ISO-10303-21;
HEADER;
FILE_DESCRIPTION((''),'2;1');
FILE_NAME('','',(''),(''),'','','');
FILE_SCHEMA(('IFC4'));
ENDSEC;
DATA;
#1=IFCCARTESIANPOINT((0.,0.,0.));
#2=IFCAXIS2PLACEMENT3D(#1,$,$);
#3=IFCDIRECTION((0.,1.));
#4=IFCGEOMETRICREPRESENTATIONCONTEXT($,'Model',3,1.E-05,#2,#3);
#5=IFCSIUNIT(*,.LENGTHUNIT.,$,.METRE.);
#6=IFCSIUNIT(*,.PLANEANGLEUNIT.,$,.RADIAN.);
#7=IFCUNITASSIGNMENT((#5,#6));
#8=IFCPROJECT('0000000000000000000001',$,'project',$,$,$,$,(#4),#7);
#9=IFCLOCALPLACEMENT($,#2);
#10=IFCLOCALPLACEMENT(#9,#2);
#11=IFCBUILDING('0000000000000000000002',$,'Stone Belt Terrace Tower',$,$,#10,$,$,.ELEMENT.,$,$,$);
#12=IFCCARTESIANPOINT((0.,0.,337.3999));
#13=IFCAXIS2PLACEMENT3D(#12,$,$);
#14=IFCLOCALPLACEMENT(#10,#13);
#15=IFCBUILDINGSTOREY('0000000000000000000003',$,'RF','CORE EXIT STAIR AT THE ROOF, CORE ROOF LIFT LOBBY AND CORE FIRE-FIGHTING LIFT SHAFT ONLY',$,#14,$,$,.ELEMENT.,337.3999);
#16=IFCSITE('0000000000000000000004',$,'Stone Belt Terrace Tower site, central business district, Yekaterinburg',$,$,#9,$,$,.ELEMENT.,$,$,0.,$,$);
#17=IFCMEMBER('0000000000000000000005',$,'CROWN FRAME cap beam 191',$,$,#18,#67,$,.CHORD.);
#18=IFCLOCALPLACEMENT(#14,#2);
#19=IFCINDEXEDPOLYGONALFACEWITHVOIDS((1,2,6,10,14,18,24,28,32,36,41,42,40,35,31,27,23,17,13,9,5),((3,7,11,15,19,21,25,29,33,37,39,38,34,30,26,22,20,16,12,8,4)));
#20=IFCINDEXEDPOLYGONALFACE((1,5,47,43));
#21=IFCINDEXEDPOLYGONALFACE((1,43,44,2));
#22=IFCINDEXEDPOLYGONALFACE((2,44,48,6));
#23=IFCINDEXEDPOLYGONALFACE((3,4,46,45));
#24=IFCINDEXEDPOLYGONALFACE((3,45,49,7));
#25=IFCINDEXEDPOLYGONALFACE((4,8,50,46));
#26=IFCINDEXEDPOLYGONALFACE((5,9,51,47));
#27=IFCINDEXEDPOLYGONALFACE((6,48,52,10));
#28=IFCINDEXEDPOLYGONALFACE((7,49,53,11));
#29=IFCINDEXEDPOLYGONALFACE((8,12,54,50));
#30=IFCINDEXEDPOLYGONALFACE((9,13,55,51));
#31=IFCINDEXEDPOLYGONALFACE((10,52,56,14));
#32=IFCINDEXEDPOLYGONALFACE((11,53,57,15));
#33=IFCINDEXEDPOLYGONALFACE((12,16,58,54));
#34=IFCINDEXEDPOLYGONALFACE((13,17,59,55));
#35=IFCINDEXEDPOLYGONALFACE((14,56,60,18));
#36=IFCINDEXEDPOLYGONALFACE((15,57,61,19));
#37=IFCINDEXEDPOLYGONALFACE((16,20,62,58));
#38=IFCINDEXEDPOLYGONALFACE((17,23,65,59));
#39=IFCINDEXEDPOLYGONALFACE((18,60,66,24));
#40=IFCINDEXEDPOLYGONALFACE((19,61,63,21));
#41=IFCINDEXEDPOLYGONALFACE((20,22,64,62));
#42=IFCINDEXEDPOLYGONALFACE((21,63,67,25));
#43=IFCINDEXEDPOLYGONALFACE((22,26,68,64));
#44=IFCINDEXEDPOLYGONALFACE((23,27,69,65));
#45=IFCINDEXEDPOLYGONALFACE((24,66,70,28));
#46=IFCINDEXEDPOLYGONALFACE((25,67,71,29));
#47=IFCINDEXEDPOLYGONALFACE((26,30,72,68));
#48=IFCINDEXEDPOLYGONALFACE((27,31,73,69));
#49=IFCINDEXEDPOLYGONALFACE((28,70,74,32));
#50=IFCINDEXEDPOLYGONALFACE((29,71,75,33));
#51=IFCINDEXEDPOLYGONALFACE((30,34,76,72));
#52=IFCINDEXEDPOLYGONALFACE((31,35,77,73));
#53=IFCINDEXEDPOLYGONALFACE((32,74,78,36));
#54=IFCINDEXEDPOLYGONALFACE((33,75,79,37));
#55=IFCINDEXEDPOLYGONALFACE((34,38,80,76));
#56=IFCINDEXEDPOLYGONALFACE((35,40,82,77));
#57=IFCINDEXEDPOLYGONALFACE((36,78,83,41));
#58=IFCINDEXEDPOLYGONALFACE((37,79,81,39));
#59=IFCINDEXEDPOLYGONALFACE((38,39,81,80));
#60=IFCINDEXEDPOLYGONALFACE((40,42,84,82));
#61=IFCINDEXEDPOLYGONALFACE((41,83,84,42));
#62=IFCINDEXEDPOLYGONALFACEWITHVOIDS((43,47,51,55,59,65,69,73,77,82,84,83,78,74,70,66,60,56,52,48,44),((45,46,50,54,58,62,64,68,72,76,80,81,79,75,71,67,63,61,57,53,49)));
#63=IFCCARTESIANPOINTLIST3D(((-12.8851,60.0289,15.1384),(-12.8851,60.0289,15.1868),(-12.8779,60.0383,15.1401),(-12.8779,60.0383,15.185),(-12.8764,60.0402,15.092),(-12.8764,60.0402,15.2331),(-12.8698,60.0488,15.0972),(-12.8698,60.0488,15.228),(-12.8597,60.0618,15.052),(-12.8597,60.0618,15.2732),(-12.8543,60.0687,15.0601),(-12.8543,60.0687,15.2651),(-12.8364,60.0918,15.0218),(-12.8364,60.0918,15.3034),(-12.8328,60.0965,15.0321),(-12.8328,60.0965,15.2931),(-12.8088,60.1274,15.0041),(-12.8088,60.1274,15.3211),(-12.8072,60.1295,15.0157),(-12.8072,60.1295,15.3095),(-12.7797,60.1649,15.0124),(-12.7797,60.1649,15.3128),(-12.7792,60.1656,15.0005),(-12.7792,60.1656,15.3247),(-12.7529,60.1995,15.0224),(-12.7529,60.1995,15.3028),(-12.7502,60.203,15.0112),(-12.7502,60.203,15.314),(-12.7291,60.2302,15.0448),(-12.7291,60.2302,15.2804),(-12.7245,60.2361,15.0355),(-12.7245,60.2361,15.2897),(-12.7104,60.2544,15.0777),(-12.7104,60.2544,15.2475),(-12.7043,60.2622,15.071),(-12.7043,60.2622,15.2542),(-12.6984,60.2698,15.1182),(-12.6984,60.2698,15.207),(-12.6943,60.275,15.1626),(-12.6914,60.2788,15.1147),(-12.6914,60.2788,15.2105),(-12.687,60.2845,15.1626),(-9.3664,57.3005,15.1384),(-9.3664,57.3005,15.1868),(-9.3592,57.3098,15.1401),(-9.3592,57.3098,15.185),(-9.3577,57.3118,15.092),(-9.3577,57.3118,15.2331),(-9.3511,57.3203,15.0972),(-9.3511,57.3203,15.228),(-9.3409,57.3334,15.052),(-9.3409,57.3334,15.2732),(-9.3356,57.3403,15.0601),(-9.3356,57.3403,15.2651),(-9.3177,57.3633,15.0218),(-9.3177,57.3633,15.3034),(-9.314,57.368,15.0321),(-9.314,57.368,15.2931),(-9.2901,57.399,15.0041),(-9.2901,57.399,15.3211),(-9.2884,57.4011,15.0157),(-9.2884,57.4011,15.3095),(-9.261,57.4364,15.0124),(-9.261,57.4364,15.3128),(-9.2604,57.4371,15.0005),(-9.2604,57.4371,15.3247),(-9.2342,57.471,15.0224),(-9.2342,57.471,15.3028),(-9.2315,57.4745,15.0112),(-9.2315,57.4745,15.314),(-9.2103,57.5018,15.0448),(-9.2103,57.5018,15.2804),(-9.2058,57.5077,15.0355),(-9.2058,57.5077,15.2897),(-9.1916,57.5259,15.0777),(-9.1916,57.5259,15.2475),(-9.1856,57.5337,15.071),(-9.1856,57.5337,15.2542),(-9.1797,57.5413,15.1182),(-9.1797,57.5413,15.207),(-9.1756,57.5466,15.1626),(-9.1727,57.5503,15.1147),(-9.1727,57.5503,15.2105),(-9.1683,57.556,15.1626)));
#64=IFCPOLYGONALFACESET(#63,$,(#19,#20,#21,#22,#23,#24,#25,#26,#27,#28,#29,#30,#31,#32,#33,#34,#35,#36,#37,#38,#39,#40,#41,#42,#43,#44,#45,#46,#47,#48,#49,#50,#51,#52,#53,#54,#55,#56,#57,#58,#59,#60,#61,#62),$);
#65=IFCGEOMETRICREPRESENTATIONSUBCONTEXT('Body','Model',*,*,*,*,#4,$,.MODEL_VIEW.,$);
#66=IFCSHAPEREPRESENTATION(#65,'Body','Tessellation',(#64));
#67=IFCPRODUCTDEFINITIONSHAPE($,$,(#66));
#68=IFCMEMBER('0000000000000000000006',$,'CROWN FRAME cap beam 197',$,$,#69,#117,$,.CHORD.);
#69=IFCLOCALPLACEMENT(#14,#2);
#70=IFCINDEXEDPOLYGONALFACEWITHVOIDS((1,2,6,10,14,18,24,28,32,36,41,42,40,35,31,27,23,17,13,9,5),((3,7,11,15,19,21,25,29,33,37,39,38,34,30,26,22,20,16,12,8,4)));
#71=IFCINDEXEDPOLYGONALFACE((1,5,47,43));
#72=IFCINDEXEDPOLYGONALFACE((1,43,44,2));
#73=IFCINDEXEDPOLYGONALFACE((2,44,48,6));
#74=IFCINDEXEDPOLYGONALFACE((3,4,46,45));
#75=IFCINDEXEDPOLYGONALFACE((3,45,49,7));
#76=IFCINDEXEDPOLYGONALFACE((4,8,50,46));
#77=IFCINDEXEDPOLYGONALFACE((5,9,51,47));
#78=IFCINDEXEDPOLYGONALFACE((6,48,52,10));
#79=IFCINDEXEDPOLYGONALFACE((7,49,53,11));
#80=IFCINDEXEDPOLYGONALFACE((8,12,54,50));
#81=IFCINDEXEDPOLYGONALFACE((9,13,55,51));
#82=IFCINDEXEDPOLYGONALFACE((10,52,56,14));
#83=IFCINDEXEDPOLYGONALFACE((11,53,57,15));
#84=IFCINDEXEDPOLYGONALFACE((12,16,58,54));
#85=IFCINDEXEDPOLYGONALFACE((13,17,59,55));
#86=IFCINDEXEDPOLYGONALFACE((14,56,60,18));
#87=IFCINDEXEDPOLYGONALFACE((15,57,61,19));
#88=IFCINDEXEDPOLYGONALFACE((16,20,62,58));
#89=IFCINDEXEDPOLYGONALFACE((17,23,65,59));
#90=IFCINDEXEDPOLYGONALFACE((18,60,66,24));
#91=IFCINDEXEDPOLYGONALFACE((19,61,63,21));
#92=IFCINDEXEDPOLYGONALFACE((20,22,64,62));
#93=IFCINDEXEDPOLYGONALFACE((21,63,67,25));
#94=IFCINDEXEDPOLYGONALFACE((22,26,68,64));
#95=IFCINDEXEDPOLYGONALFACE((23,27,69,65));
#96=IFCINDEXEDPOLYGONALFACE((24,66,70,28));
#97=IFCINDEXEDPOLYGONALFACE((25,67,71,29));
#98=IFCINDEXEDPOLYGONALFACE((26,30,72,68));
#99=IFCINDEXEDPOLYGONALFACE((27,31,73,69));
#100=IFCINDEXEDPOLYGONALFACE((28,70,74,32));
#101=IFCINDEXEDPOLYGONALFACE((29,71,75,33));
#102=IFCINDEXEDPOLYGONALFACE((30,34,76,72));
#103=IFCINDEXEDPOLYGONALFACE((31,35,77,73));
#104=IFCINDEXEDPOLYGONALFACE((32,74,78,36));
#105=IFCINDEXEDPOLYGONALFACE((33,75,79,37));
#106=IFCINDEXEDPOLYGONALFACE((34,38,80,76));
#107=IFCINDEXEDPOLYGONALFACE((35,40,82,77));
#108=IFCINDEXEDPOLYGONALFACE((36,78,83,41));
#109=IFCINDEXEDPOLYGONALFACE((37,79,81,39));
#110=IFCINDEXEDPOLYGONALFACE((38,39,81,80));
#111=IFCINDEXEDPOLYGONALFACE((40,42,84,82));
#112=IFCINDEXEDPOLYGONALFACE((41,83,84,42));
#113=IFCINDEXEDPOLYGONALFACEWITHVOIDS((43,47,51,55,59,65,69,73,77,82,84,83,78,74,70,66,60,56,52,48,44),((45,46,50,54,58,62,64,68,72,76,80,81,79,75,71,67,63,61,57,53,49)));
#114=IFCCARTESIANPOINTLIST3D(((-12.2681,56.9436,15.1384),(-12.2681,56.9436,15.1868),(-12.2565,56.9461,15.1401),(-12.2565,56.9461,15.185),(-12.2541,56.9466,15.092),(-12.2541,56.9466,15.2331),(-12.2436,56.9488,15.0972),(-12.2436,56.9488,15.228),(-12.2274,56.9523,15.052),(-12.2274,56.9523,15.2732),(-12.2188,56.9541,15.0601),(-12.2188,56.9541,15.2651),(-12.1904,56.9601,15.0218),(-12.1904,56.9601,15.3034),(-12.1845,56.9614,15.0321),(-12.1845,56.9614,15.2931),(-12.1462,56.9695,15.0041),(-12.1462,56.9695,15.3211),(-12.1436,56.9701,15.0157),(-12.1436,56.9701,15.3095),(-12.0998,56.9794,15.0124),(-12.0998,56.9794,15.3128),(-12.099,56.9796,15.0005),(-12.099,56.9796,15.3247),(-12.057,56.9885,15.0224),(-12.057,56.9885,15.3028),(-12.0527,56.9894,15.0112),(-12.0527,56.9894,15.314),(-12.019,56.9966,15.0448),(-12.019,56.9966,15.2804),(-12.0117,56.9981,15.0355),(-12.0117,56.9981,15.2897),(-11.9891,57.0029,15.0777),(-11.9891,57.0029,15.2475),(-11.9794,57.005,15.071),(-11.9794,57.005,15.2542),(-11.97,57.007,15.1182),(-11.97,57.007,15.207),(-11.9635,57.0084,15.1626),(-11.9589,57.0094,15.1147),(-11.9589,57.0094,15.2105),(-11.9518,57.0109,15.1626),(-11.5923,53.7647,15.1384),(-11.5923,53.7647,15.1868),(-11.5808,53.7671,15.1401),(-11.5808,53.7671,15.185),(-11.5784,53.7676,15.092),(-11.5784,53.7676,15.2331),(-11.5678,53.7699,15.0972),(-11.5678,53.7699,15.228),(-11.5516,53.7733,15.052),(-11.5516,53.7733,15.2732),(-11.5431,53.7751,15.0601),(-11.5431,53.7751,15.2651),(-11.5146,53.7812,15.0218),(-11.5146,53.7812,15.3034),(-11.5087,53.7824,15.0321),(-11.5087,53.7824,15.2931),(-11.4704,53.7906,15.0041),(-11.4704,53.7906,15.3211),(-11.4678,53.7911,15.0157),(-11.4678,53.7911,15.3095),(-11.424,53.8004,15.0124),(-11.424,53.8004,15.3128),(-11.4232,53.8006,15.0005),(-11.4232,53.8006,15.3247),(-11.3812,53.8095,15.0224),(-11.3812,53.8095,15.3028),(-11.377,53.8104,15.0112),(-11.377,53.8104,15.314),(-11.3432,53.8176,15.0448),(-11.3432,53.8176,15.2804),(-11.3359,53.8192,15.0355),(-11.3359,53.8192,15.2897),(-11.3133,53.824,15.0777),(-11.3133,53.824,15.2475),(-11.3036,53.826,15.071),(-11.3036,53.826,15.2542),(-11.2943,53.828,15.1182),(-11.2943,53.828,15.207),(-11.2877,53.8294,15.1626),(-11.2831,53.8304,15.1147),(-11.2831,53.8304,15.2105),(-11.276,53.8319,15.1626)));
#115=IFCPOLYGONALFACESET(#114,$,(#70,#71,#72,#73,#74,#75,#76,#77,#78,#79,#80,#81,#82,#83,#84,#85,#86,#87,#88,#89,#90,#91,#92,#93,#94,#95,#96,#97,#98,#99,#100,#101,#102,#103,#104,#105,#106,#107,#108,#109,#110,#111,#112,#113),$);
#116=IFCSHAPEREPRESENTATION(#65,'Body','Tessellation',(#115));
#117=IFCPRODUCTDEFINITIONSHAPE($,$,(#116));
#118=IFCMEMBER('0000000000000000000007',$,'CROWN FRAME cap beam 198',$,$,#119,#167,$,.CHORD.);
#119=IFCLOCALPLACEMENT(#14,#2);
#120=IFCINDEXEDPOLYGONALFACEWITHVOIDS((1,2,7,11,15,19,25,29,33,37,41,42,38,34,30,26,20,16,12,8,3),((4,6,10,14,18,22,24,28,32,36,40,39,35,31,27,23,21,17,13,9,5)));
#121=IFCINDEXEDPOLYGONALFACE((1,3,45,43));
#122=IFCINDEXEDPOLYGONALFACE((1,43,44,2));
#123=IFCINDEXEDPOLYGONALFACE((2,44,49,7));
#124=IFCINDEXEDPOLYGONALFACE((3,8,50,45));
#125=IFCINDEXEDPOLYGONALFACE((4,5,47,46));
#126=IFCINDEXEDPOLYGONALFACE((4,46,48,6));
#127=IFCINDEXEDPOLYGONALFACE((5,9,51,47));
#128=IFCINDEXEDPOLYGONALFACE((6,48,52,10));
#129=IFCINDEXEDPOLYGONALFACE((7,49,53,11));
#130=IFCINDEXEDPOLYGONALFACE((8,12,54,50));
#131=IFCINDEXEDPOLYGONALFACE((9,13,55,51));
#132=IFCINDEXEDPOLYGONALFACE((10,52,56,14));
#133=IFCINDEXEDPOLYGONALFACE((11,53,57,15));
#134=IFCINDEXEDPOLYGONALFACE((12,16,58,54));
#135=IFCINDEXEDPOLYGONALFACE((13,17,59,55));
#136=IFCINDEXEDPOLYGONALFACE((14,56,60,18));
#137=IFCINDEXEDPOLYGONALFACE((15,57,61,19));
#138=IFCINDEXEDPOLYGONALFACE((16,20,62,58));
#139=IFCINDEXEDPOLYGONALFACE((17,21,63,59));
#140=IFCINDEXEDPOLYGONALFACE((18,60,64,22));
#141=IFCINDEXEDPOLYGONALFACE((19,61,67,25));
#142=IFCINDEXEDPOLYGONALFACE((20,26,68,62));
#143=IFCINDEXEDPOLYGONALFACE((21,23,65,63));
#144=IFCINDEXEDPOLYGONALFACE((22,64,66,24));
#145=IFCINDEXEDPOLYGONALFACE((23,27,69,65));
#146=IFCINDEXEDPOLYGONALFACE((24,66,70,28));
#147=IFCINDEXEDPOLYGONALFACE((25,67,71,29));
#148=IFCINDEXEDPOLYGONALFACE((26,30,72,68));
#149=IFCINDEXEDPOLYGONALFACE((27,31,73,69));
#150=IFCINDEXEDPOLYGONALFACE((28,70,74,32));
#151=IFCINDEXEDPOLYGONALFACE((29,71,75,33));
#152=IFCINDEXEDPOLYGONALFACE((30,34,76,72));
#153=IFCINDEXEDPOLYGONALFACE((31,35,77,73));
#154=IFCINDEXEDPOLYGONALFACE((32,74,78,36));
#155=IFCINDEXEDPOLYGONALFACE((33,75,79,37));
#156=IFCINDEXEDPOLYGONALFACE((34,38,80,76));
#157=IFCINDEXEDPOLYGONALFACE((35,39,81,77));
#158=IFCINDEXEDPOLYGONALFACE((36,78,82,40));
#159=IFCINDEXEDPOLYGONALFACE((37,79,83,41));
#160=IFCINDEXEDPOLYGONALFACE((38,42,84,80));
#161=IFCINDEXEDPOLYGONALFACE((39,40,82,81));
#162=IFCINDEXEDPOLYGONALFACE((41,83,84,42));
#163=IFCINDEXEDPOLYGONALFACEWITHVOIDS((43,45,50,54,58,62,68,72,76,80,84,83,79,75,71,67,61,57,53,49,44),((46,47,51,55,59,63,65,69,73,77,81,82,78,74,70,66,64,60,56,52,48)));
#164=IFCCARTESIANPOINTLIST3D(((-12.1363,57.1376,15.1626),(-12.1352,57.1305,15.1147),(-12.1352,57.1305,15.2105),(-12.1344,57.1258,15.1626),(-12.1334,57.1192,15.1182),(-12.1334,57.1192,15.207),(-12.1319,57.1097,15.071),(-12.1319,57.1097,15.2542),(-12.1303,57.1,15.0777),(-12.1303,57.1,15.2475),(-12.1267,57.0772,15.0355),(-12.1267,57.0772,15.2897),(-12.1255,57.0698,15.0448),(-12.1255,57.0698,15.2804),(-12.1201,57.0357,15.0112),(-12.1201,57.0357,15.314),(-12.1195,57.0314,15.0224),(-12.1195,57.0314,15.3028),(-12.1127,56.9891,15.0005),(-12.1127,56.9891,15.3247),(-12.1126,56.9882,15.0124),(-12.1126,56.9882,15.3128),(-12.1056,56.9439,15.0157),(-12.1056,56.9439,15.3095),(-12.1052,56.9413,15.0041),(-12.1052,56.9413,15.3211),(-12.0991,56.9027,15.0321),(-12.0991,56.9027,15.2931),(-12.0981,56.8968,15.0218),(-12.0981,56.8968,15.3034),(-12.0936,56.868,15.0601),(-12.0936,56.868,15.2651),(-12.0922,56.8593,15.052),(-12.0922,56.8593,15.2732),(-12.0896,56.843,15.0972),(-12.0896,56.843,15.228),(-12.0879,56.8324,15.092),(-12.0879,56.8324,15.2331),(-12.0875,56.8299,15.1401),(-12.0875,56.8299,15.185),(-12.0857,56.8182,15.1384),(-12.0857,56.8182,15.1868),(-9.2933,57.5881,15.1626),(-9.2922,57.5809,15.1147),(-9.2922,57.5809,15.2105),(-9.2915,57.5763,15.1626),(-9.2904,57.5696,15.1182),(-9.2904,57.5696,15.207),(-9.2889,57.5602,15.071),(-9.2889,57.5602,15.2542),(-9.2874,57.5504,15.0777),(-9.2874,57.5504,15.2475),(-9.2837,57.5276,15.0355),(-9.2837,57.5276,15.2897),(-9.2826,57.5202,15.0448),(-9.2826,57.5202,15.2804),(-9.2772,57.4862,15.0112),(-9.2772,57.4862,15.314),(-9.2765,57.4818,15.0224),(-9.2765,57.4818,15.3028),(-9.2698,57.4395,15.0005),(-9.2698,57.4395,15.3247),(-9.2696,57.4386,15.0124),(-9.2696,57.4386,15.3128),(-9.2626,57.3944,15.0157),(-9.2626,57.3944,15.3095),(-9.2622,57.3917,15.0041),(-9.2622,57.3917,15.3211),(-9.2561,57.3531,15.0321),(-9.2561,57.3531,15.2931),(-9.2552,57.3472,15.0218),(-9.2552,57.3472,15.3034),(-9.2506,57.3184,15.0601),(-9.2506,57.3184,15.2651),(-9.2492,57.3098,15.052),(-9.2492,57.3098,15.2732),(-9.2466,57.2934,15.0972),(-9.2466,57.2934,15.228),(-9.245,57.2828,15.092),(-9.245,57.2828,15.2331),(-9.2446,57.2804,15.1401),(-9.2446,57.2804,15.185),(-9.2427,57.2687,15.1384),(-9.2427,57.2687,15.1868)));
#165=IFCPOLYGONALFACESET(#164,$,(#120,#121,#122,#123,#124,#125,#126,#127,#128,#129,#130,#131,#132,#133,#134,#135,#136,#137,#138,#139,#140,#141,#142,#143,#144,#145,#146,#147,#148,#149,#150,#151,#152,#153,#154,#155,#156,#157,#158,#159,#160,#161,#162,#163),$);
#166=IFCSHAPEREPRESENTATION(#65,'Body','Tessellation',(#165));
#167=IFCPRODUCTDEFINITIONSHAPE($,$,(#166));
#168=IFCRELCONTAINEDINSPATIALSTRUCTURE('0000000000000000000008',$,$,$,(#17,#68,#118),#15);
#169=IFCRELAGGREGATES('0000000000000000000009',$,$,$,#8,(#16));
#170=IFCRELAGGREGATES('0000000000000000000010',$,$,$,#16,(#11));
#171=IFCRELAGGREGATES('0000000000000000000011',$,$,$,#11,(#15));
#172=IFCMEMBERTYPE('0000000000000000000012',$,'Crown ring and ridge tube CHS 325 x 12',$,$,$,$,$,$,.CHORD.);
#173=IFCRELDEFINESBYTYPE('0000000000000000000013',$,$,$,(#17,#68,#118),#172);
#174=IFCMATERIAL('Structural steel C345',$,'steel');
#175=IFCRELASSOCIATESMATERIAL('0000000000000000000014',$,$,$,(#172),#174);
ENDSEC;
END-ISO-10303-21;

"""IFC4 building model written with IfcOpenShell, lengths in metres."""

from ifc_helpers import new_model, si_unit, direction, frame, origin, origin_2d, place, context, subcontext, project, spatial, hollow_circle, extrude, material, material_profile, profile_set, type_object, element, save


model = new_model("IFC4")

# Units and contexts
model_context = context("Model", 3, precision=1e-05, world=origin(), true_north=direction((0.0, 1.0)))
body_context = subcontext(model_context, "Body", "Model", "MODEL_VIEW")
ifc_project = project(units=[si_unit("LENGTHUNIT", "METRE"), si_unit("PLANEANGLEUNIT", "RADIAN")], contexts=[model_context])

# Site, building, storey
site_placement = place(None, origin())
site = spatial("IfcSite", under=ifc_project, at=site_placement, Name="Stone Belt Terrace Tower site, central business district, Yekaterinburg", CompositionType="ELEMENT", RefElevation=0.0)
building_placement = place(site_placement, origin())
building = spatial("IfcBuilding", under=site, at=building_placement, Name="Stone Belt Terrace Tower", CompositionType="ELEMENT")
storey_placement = place(building_placement, frame((0.0, 0.0, 337.3999)))
storey = spatial("IfcBuildingStorey", under=building, at=storey_placement, Name="RF", Description="CORE EXIT STAIR AT THE ROOF, CORE ROOF LIFT LOBBY AND CORE FIRE-FIGHTING LIFT SHAFT ONLY", CompositionType="ELEMENT", Elevation=337.3999)

# Members
ifc_material_1 = material(Name="Structural steel C345", Category="steel")
ifc_material_profile = material_profile(ifc_material_1, hollow_circle(Radius=0.1626, WallThickness=0.012, at=origin_2d()), Name="Structural steel C345 CHS 325x12")
ifc_profile_set = profile_set([ifc_material_profile], Name="Structural steel C345")
member_type = type_object("IfcMemberType", Name="Crown ring and ridge tube CHS 325 x 12", PredefinedType="CHORD", material=ifc_profile_set)
member_1_placement = place(storey_placement, frame((-12.7866, 60.156, 15.1626), z_axis=(0.790258, -0.612775, 0.0), x_axis=(0.612775, 0.790258, 0.0)))
element("IfcMember", 1, at=member_1_placement, inside=storey, type_object=member_type, Name="CROWN FRAME cap beam 191", PredefinedType="CHORD", context=body_context, shape_type="SweptSolid", body=[
    extrude(hollow_circle(Radius=0.1626, WallThickness=0.012, at=origin_2d()), origin(), (0.0, 0.0, 1.0), 4.4526),
])
member_2_placement = place(storey_placement, frame((-12.1108, 56.9771, 15.1626), z_axis=(0.207933, -0.978143, 0.0), x_axis=(0.978143, 0.207933, 0.0)))
element("IfcMember", 2, at=member_2_placement, inside=storey, type_object=member_type, Name="CROWN FRAME cap beam 197", PredefinedType="CHORD", context=body_context, shape_type="SweptSolid", body=[
    extrude(hollow_circle(Radius=0.1626, WallThickness=0.012, at=origin_2d()), origin(), (0.0, 0.0, 1.0), 3.25),
])
member_3_placement = place(storey_placement, frame((-12.1108, 56.9771, 15.1626), z_axis=(0.98768, 0.156485, 0.0), x_axis=(-0.156485, 0.98768, 0.0)))
element("IfcMember", 3, at=member_3_placement, inside=storey, type_object=member_type, Name="CROWN FRAME cap beam 198", PredefinedType="CHORD", context=body_context, shape_type="SweptSolid", body=[
    extrude(hollow_circle(Radius=0.1626, WallThickness=0.012, at=origin_2d()), origin(), (0.0, 0.0, 1.0), 2.8784),
])

save(model, "model.ifc")
